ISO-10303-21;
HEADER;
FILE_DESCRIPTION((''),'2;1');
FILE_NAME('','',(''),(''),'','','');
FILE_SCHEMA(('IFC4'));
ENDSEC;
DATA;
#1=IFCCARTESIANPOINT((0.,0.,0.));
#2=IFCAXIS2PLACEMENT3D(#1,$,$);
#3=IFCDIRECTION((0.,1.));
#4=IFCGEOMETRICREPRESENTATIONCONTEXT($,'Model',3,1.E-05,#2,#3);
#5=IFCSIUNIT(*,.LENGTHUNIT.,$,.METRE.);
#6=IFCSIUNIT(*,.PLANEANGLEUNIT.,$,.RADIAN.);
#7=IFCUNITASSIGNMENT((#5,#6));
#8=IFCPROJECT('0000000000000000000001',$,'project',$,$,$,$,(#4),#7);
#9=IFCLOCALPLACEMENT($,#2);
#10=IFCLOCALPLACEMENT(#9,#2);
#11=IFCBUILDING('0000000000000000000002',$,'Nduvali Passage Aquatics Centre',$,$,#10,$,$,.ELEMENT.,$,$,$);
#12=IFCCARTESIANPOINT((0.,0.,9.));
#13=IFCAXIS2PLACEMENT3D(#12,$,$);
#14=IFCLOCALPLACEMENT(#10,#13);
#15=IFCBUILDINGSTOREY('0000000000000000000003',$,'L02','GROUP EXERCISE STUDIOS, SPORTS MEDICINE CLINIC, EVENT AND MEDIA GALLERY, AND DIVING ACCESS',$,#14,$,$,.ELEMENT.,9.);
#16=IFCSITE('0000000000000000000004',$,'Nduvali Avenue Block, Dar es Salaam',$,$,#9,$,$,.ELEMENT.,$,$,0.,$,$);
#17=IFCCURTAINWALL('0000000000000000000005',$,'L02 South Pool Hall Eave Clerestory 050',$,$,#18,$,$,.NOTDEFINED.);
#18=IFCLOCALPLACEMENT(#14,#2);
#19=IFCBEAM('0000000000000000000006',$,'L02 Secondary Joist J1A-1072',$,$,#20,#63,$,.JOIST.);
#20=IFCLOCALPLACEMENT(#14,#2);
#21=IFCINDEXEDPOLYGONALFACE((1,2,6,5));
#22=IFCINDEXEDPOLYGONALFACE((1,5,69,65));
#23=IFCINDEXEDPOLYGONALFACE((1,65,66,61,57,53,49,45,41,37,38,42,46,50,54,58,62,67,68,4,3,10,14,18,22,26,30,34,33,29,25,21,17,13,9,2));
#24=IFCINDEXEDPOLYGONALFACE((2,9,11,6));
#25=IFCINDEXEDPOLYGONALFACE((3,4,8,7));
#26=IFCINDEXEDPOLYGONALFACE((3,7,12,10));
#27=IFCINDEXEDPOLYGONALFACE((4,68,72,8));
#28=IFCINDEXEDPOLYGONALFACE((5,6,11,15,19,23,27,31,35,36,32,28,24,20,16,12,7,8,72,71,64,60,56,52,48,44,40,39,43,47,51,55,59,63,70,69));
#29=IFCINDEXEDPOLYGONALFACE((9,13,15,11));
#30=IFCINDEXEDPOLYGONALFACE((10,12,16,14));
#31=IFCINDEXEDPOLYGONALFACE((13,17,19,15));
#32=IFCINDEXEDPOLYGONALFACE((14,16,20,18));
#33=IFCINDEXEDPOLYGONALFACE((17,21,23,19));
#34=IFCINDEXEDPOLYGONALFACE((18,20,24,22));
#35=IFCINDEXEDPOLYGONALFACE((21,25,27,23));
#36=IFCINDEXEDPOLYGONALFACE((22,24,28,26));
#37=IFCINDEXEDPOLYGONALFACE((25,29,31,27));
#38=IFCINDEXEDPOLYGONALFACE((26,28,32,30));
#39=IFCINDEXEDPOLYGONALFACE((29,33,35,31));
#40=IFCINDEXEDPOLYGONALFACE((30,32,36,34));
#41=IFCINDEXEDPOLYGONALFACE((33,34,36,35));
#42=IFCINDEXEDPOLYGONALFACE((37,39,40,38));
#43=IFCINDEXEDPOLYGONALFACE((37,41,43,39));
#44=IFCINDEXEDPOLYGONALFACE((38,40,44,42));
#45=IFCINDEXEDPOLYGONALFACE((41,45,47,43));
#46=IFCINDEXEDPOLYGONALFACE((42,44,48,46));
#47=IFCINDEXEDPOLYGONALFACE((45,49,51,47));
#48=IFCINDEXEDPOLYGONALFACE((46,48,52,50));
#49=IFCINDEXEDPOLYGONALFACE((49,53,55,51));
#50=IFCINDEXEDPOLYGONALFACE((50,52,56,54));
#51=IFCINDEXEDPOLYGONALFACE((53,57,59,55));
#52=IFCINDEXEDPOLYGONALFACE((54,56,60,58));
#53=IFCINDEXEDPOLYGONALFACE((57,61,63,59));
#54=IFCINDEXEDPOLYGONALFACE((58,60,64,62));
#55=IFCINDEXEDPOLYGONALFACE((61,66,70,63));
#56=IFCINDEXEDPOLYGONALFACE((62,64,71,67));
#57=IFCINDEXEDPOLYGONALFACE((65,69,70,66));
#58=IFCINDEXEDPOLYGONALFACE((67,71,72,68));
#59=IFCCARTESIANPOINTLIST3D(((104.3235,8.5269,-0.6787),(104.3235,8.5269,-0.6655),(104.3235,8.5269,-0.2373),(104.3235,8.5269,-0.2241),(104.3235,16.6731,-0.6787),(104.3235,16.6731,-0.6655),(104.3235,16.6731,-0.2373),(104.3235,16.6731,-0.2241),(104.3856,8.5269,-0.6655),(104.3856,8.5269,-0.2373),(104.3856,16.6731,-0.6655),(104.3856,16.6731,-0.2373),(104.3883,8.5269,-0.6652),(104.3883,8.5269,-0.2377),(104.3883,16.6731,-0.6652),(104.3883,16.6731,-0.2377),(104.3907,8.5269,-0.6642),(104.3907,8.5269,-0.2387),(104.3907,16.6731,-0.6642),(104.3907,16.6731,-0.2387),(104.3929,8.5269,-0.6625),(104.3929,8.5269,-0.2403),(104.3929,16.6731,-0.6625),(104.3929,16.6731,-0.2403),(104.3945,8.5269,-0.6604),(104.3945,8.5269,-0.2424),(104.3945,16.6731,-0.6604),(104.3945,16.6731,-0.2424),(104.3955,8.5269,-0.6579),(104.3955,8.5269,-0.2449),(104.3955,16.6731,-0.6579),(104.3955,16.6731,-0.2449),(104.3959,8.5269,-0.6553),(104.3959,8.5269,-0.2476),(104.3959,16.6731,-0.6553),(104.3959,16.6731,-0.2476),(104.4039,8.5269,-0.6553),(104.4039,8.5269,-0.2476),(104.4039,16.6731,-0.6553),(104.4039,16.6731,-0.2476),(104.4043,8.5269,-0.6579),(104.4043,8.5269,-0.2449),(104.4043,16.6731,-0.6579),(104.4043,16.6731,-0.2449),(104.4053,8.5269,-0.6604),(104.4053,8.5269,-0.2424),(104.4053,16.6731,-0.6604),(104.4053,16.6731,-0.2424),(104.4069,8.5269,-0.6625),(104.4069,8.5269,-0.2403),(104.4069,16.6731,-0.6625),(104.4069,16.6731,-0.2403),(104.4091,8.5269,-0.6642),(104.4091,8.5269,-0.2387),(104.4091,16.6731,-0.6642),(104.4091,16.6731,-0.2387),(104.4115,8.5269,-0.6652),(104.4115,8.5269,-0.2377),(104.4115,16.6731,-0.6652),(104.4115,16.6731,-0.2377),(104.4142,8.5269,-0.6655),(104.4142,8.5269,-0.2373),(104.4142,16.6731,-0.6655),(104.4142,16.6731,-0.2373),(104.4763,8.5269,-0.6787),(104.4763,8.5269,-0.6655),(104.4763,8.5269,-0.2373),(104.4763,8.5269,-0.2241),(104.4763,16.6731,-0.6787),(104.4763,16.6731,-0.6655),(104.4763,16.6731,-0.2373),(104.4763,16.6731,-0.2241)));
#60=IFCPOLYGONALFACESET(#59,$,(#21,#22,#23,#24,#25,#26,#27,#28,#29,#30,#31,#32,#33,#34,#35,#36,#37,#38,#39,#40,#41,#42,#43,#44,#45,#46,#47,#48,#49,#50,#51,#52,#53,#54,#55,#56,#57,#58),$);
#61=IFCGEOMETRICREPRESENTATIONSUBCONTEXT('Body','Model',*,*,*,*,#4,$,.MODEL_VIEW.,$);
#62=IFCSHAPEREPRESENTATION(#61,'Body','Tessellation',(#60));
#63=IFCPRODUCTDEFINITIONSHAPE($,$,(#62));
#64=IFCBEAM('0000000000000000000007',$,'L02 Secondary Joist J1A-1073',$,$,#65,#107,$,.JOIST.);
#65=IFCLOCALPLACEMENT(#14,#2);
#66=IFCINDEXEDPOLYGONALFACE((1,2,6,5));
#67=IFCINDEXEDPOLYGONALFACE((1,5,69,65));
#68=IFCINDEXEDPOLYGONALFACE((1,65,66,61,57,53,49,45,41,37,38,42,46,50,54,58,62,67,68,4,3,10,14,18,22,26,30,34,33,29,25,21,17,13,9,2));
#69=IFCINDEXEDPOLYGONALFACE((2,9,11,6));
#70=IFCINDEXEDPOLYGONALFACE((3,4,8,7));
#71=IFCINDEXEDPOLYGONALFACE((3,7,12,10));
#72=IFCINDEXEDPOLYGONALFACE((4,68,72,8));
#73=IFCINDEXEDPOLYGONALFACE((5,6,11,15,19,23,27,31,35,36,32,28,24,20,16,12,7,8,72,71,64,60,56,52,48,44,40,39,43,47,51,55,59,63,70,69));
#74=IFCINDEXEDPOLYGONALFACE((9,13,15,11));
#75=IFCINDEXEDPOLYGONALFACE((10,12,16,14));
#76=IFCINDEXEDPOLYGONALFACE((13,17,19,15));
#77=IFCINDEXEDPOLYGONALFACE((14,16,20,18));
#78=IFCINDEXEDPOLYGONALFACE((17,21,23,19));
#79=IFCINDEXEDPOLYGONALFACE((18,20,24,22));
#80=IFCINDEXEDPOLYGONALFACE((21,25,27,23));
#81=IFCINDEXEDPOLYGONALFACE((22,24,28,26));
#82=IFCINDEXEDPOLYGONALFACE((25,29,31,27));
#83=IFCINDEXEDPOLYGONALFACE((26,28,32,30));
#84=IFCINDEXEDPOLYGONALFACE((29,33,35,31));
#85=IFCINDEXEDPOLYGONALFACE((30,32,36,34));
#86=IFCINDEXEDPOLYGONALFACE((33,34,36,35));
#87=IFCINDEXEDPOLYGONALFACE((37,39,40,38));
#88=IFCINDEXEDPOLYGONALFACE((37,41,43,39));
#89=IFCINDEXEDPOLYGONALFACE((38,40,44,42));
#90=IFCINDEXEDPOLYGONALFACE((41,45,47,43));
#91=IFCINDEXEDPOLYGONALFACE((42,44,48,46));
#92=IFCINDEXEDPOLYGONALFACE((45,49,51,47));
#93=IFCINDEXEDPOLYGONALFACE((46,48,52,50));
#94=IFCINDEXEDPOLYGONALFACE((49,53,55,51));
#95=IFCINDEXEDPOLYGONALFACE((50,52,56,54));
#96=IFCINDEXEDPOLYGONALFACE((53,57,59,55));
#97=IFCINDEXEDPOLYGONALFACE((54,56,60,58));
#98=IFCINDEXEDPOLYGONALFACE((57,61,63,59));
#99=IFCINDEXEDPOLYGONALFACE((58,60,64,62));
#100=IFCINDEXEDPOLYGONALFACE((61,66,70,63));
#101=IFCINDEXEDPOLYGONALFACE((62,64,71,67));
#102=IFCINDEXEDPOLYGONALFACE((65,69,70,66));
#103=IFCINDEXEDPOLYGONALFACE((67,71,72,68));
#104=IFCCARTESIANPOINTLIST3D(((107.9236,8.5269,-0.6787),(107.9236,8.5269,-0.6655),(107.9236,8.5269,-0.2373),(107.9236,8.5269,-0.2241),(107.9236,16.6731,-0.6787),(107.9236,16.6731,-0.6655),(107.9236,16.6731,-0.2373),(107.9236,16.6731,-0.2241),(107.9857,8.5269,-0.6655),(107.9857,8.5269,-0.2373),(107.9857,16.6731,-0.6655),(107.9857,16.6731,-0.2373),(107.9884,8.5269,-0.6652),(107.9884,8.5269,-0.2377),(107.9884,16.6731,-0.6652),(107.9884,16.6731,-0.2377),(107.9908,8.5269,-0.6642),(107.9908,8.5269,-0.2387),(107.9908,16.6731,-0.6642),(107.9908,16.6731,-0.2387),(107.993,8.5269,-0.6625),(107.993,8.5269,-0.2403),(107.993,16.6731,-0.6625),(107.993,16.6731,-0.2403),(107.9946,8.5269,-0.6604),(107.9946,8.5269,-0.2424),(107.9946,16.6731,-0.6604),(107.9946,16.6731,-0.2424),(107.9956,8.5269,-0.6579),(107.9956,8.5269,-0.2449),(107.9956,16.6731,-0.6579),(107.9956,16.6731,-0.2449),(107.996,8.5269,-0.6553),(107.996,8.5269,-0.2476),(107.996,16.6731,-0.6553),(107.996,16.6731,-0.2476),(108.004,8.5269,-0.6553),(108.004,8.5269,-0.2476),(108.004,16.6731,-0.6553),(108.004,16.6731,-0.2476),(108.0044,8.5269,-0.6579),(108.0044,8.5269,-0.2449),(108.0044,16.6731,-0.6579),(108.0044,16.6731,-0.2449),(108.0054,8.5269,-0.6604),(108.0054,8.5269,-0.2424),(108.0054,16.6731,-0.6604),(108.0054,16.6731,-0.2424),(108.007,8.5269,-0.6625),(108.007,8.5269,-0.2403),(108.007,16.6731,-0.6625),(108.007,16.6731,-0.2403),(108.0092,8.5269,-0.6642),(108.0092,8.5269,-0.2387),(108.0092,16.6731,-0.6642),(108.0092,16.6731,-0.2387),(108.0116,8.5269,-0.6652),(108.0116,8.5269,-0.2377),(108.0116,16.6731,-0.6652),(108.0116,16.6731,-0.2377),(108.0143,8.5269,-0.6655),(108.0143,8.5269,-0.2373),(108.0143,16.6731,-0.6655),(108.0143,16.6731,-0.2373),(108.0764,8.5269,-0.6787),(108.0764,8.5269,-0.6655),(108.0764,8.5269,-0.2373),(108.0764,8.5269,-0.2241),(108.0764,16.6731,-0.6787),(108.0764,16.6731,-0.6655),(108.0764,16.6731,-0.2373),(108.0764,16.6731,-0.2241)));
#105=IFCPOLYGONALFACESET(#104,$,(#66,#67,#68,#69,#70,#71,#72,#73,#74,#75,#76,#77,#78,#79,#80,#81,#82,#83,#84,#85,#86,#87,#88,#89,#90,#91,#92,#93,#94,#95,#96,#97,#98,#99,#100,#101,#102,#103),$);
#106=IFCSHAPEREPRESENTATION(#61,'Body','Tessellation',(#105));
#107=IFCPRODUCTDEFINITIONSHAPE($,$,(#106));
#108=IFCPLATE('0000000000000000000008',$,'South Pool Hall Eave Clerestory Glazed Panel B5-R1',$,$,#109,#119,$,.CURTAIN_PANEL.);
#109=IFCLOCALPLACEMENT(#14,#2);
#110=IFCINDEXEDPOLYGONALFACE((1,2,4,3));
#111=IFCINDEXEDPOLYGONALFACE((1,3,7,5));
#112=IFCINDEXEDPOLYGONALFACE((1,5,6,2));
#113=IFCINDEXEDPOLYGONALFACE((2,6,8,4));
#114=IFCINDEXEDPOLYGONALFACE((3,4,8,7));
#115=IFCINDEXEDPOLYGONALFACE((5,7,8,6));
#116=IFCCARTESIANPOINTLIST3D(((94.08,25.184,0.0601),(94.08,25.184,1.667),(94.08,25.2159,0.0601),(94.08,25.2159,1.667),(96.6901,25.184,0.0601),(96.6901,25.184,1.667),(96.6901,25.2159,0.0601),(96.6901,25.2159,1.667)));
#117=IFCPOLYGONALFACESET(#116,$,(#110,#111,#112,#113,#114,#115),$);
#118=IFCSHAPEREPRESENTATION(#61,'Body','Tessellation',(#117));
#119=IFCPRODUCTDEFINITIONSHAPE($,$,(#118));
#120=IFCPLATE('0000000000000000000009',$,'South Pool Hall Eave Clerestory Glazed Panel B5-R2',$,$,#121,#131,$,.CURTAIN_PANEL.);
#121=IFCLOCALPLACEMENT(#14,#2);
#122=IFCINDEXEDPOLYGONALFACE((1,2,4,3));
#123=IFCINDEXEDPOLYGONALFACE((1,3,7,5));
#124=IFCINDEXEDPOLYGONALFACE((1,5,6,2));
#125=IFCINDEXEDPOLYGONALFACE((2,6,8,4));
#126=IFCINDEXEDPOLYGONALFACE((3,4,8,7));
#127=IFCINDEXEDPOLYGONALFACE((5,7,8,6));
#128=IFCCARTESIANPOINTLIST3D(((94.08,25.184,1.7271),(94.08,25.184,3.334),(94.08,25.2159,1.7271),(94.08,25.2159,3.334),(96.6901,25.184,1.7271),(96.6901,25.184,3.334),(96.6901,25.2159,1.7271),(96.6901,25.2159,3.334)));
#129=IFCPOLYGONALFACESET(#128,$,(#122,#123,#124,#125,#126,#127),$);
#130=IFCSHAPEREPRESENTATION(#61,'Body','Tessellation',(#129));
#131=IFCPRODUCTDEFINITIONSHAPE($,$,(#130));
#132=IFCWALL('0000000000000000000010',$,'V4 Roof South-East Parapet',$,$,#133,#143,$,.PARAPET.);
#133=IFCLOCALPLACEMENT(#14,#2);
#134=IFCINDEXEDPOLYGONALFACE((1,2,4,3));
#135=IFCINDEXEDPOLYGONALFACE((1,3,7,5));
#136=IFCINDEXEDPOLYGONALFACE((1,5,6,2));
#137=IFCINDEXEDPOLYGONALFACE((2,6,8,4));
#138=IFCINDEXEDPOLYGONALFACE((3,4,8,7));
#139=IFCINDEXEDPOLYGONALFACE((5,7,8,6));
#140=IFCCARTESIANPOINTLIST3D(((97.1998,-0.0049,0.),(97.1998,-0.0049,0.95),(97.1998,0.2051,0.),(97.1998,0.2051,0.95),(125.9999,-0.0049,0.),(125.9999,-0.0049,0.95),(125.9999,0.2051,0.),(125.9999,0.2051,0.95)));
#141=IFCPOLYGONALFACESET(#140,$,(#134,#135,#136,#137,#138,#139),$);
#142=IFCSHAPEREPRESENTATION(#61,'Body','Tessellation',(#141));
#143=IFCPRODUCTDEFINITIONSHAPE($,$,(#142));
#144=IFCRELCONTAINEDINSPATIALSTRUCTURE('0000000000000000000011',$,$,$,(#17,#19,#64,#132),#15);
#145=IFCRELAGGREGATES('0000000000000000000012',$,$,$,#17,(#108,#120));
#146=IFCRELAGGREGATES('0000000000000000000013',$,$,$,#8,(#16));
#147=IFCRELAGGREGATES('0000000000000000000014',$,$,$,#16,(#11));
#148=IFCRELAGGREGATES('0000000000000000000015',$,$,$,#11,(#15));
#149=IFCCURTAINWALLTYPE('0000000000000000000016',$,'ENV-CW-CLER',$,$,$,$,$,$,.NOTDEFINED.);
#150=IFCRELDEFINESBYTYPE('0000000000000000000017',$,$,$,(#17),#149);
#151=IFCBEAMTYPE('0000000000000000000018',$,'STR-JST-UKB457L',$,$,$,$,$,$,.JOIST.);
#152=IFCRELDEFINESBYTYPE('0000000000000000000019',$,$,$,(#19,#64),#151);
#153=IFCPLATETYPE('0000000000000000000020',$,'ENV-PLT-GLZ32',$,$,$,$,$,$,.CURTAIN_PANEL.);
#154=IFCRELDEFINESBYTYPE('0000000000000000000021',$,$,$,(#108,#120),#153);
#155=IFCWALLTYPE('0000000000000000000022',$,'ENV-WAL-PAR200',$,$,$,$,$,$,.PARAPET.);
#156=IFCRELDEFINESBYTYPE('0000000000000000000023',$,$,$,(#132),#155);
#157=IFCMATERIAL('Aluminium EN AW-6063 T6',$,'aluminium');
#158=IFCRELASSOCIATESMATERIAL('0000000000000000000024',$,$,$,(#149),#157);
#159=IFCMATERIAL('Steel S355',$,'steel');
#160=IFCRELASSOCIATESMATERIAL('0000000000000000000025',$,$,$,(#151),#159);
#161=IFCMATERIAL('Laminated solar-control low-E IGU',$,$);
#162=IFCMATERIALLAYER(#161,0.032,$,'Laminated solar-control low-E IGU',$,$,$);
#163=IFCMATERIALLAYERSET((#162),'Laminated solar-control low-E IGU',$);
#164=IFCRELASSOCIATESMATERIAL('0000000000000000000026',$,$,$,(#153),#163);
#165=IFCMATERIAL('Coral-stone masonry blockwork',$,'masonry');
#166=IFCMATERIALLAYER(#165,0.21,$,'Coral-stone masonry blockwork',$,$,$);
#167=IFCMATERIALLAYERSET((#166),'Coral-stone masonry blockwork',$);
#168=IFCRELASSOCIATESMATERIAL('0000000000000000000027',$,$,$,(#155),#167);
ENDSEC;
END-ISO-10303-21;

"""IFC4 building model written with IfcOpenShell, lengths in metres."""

from ifc_helpers import new_model, si_unit, direction, frame, frame_2d, origin, origin_2d, place, context, subcontext, project, spatial, rectangle, i_section, extrude, material, layer, layer_set, material_profile, profile_set, type_object, element, aggregate, save


model = new_model("IFC4")

# Units and contexts
model_context = context("Model", 3, precision=1e-05, world=origin(), true_north=direction((0.0, 1.0)))
body_context = subcontext(model_context, "Body", "Model", "MODEL_VIEW")
ifc_project = project(units=[si_unit("LENGTHUNIT", "METRE"), si_unit("PLANEANGLEUNIT", "RADIAN")], contexts=[model_context])

# Site, building, storey
site_placement = place(None, origin())
site = spatial("IfcSite", under=ifc_project, at=site_placement, Name="Nduvali Avenue Block, Dar es Salaam", CompositionType="ELEMENT", RefElevation=0.0)
building_placement = place(site_placement, origin())
building = spatial("IfcBuilding", under=site, at=building_placement, Name="Nduvali Passage Aquatics Centre", CompositionType="ELEMENT")
storey_placement = place(building_placement, frame((0.0, 0.0, 9.0)))
storey = spatial("IfcBuildingStorey", under=building, at=storey_placement, Name="L02", Description="GROUP EXERCISE STUDIOS, SPORTS MEDICINE CLINIC, EVENT AND MEDIA GALLERY, AND DIVING ACCESS", CompositionType="ELEMENT", Elevation=9.0)

# Curtain wall
ifc_material_1 = material(Name="Aluminium EN AW-6063 T6", Category="aluminium")
curtain_wall_type = type_object("IfcCurtainWallType", Name="ENV-CW-CLER", PredefinedType="NOTDEFINED", material=ifc_material_1)
curtain_wall_1_placement = place(storey_placement, origin())
curtain_wall_1 = element("IfcCurtainWall", 1, at=curtain_wall_1_placement, inside=storey, type_object=curtain_wall_type, Name="L02 South Pool Hall Eave Clerestory 050", PredefinedType="NOTDEFINED")

# Beams
ifc_material_2 = material(Name="Steel S355", Category="steel")
ifc_material_profile_1 = material_profile(ifc_material_2, i_section(OverallWidth=0.1528, OverallDepth=0.4546, WebThickness=0.0081, FlangeThickness=0.0132, FilletRadius=0.0103, at=origin_2d()), Name="UKB 457x152x60")
ifc_profile_set_1 = profile_set([ifc_material_profile_1], Name="Steel S355")
beam_type_1 = type_object("IfcBeamType", Name="STR-JST-UKB457L", PredefinedType="JOIST", material=ifc_profile_set_1)
for number, where, z_axis, x_axis, name in (
    (2, (104.3999, 8.5269, -0.4514), (0.0, 1.0, 0.0), (-1.0, 0.0, 0.0), "L02 Secondary Joist J1A-1072"),
    (3, (108.0, 8.5269, -0.4514), (0.0, 1.0, 0.0), (-1.0, 0.0, 0.0), "L02 Secondary Joist J1A-1073"),
):
    element("IfcBeam", number, at=place(storey_placement, frame(where, z_axis=z_axis, x_axis=x_axis)), inside=storey, type_object=beam_type_1, Name=name, PredefinedType="JOIST", context=body_context, shape_type="SweptSolid", body=[
        extrude(i_section(OverallWidth=0.1528, OverallDepth=0.4546, WebThickness=0.0081, FlangeThickness=0.0132, FilletRadius=0.0103, at=origin_2d()), origin(), (0.0, 0.0, 1.0), 8.1462),
    ])

# Plates
ifc_material_3 = material(Name="Laminated solar-control low-E IGU")
ifc_layer_1 = layer(ifc_material_3, 0.032, Name="Laminated solar-control low-E IGU")
ifc_layer_set_1 = layer_set([ifc_layer_1], Name="Laminated solar-control low-E IGU")
plate_type = type_object("IfcPlateType", Name="ENV-PLT-GLZ32", PredefinedType="CURTAIN_PANEL", material=ifc_layer_set_1)
plate_1_placement = place(storey_placement, frame((95.385, 25.2, 0.0601), z_axis=(0.0, 0.0, 1.0), x_axis=(1.0, 0.0, 0.0)))
plate_1 = element("IfcPlate", 4, at=plate_1_placement, type_object=plate_type, Name="South Pool Hall Eave Clerestory Glazed Panel B5-R1", PredefinedType="CURTAIN_PANEL", context=body_context, shape_type="SweptSolid", body=[
    extrude(rectangle(XDim=2.6101, YDim=0.032, at=origin_2d()), origin(), (0.0, 0.0, 1.0), 1.6069),
])
plate_2_placement = place(storey_placement, frame((95.385, 25.2, 1.7271), z_axis=(0.0, 0.0, 1.0), x_axis=(1.0, 0.0, 0.0)))
plate_2 = element("IfcPlate", 5, at=plate_2_placement, type_object=plate_type, Name="South Pool Hall Eave Clerestory Glazed Panel B5-R2", PredefinedType="CURTAIN_PANEL", context=body_context, shape_type="SweptSolid", body=[
    extrude(rectangle(XDim=2.6101, YDim=0.032, at=origin_2d()), origin(), (0.0, 0.0, 1.0), 1.6069),
])
aggregate(curtain_wall_1, [plate_1, plate_2])

# Wall
ifc_material_4 = material(Name="Coral-stone masonry blockwork", Category="masonry")
ifc_layer_2 = layer(ifc_material_4, 0.21, Name="Coral-stone masonry blockwork")
ifc_layer_set_2 = layer_set([ifc_layer_2], Name="Coral-stone masonry blockwork")
wall_type = type_object("IfcWallType", Name="ENV-WAL-PAR200", PredefinedType="PARAPET", material=ifc_layer_set_2)
wall_placement = place(storey_placement, frame((97.2, 0.1001, 0.0), z_axis=(0.0, 0.0, 1.0), x_axis=(1.0, 0.0, 0.0)))
element("IfcWall", 6, at=wall_placement, inside=storey, type_object=wall_type, Name="V4 Roof South-East Parapet", PredefinedType="PARAPET", context=body_context, shape_type="SweptSolid", body=[
    extrude(rectangle(XDim=28.8, YDim=0.21, at=frame_2d((14.3999, 0.0))), origin(), (0.0, 0.0, 1.0), 0.95),
])

save(model, "model.ifc")
